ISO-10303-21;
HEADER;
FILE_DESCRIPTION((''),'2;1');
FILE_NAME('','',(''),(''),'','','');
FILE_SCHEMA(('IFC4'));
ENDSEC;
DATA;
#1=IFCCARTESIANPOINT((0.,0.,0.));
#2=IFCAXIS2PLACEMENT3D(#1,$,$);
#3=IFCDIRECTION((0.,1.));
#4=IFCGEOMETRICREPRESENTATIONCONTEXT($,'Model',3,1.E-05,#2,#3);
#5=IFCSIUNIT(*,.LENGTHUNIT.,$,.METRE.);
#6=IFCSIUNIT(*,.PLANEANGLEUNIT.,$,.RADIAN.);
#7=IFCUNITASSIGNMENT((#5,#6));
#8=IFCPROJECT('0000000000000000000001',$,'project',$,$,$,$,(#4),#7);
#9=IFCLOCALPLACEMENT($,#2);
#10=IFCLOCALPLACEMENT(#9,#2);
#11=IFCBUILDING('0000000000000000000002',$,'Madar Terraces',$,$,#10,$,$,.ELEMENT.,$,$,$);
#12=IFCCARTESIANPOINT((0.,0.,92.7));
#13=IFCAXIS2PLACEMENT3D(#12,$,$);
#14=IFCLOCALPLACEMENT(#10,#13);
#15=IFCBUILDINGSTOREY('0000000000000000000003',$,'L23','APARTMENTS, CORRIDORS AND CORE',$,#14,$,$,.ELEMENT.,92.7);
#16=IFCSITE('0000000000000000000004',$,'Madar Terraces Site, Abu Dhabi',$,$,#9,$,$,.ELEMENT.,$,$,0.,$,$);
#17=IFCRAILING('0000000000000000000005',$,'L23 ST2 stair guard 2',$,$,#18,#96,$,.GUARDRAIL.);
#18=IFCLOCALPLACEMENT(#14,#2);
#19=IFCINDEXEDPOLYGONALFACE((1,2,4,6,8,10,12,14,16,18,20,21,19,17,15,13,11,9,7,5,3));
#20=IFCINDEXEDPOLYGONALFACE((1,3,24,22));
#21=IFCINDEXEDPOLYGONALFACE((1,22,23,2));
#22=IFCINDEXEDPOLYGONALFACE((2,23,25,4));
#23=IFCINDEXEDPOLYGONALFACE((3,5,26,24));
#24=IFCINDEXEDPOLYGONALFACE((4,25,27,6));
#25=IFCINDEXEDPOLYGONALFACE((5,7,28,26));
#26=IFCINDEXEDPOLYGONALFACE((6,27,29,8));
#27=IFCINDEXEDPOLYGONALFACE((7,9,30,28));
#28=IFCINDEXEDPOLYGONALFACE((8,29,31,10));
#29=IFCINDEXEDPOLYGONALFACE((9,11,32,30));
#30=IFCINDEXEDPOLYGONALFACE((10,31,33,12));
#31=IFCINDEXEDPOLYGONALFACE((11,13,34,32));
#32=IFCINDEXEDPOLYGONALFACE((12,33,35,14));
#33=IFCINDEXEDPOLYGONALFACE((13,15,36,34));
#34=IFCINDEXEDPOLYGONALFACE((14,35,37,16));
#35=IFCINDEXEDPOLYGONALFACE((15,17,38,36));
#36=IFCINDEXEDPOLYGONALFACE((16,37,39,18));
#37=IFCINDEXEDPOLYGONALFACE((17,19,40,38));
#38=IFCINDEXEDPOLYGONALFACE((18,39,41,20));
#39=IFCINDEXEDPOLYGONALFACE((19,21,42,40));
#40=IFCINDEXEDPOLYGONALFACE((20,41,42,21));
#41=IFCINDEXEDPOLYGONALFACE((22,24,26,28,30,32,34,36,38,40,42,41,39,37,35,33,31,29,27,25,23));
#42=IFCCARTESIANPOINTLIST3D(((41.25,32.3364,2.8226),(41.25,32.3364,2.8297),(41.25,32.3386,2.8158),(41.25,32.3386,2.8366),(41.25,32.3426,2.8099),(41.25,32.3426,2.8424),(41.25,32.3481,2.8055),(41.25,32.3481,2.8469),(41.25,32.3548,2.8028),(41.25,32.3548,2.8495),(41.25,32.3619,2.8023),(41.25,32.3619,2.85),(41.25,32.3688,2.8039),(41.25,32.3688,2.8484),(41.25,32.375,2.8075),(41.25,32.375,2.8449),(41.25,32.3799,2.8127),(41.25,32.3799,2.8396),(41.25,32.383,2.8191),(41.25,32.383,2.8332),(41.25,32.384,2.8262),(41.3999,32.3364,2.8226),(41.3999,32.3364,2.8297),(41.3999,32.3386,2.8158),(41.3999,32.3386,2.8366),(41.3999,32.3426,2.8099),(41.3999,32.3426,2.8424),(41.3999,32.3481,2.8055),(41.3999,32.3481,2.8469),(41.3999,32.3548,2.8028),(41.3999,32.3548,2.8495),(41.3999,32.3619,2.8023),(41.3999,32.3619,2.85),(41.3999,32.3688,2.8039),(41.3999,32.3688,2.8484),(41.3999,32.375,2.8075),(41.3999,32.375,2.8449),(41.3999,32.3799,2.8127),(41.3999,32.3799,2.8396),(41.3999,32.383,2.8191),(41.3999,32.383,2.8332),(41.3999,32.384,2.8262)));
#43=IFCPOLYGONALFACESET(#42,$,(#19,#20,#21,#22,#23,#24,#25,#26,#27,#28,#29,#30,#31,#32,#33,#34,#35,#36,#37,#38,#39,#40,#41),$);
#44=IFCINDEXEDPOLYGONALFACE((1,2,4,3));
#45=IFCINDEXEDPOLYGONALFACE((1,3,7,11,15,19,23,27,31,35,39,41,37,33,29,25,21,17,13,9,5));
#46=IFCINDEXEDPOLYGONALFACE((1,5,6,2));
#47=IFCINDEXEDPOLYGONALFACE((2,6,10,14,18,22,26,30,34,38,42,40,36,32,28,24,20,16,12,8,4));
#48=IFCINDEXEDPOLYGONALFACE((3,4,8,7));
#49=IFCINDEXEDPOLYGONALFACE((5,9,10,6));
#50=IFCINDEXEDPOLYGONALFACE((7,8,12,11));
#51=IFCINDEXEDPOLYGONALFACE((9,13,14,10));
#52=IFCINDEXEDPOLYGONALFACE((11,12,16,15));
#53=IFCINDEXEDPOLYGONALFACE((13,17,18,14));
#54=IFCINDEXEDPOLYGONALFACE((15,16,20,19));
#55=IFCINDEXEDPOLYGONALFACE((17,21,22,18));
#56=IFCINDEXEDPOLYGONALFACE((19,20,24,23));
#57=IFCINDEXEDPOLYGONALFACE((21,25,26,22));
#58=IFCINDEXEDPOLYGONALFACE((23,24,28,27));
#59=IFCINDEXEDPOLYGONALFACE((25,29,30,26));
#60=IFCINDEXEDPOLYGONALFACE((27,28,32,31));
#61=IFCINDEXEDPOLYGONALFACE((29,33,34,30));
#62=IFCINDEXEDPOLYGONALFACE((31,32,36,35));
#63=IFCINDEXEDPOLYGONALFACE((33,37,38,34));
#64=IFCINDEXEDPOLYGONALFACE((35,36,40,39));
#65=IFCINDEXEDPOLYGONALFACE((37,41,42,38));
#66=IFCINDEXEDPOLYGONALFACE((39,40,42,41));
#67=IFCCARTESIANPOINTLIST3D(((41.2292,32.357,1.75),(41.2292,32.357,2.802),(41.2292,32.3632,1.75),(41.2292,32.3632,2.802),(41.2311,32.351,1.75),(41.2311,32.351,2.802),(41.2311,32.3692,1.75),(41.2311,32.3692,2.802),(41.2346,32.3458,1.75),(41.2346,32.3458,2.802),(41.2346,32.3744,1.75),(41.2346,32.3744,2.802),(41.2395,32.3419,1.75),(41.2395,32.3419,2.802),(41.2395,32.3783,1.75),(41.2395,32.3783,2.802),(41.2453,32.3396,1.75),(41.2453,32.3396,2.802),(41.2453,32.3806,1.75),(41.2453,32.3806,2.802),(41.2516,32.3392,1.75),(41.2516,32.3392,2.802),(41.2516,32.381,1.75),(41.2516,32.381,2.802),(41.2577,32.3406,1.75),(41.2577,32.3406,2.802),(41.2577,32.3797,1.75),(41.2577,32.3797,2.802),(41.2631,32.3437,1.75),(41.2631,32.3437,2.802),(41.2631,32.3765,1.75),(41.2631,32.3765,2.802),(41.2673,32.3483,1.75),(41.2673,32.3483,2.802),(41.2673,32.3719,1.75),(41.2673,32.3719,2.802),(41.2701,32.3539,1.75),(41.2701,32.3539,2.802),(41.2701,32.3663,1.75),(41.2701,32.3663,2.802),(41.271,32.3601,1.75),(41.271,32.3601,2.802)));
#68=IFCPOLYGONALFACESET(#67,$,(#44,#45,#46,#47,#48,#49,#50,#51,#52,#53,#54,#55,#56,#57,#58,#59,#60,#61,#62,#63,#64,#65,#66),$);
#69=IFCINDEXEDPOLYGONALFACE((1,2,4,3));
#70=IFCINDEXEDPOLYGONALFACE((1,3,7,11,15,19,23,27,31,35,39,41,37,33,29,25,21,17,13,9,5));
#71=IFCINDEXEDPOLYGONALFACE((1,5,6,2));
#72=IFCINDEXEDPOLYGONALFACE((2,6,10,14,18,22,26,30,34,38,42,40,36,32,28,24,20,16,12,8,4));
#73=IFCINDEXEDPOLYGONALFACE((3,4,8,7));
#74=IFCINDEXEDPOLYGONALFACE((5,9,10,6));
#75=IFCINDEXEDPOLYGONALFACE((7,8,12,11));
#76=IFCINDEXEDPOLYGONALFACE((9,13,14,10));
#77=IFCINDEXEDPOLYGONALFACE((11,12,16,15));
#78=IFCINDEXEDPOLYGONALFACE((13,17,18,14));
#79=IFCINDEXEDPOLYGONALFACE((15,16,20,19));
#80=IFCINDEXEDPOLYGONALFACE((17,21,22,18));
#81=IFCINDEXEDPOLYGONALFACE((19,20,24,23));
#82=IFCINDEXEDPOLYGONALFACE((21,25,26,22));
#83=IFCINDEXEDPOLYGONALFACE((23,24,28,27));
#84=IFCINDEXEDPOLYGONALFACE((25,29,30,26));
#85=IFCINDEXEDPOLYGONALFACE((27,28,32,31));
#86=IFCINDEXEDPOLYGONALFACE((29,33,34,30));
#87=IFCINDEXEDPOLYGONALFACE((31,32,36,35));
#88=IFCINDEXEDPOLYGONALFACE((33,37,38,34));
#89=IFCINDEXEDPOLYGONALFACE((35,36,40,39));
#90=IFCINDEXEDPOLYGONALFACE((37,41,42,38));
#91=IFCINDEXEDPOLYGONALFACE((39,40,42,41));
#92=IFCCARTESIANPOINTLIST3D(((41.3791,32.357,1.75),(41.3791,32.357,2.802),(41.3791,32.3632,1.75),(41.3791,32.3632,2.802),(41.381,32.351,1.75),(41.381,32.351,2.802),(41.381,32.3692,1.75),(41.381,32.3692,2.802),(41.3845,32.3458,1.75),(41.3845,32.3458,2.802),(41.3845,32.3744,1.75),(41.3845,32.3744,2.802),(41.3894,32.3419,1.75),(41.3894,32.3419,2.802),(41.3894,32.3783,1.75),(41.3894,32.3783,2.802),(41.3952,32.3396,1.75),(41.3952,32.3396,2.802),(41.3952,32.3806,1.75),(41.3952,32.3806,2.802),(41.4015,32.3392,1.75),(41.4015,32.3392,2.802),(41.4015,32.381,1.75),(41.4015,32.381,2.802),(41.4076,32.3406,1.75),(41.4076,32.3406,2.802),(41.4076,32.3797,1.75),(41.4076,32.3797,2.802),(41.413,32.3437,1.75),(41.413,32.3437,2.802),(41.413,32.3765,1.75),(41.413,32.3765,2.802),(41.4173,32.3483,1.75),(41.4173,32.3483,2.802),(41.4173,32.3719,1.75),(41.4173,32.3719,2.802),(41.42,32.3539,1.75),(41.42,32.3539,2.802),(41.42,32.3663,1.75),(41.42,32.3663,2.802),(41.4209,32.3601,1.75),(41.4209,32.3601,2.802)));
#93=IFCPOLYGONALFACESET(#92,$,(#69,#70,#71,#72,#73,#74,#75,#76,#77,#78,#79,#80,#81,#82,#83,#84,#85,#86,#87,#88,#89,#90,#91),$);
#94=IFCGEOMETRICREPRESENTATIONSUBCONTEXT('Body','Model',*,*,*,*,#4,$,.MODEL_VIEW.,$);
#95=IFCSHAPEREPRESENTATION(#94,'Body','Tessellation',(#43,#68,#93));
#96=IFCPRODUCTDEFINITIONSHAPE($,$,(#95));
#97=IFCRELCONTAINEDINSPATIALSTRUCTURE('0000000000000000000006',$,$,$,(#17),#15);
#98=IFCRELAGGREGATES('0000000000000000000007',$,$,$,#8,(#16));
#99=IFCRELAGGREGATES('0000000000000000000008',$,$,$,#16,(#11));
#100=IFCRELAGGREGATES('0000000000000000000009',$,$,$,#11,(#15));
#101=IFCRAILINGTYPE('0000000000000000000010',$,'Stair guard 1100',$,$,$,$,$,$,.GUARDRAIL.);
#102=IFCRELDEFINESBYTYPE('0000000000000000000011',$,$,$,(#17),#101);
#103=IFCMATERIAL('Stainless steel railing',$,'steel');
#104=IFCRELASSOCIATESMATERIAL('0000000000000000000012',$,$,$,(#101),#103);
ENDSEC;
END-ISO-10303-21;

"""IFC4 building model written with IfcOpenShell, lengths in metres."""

from ifc_helpers import new_model, si_unit, direction, frame, origin, origin_2d, place, context, subcontext, project, spatial, circle, extrude, material, type_object, element, save


model = new_model("IFC4")

# Units and contexts
model_context = context("Model", 3, precision=1e-05, world=origin(), true_north=direction((0.0, 1.0)))
body_context = subcontext(model_context, "Body", "Model", "MODEL_VIEW")
ifc_project = project(units=[si_unit("LENGTHUNIT", "METRE"), si_unit("PLANEANGLEUNIT", "RADIAN")], contexts=[model_context])

# Site, building, storey
site_placement = place(None, origin())
site = spatial("IfcSite", under=ifc_project, at=site_placement, Name="Madar Terraces Site, Abu Dhabi", CompositionType="ELEMENT", RefElevation=0.0)
building_placement = place(site_placement, origin())
building = spatial("IfcBuilding", under=site, at=building_placement, Name="Madar Terraces", CompositionType="ELEMENT")
storey_placement = place(building_placement, frame((0.0, 0.0, 92.7)))
storey = spatial("IfcBuildingStorey", under=building, at=storey_placement, Name="L23", Description="APARTMENTS, CORRIDORS AND CORE", CompositionType="ELEMENT", Elevation=92.7)

# Railing
ifc_material_1 = material(Name="Stainless steel railing", Category="steel")
railing_type_1 = type_object("IfcRailingType", Name="Stair guard 1100", PredefinedType="GUARDRAIL", material=ifc_material_1)
railing_1_placement = place(storey_placement, frame((41.25, 32.3601, 1.75)))
element("IfcRailing", 1, at=railing_1_placement, inside=storey, type_object=railing_type_1, Name="L23 ST2 stair guard 2", PredefinedType="GUARDRAIL", context=body_context, shape_type="SweptSolid", body=[
    extrude(circle(Radius=0.0239, at=origin_2d()), frame((0.0, 0.0, 1.0762), z_axis=(1.0, 0.0, 0.0), x_axis=(0.0, 1.0, 0.0)), (0.0, 0.0, 1.0), 0.1499),
    extrude(circle(Radius=0.021, at=origin_2d()), origin(), (0.0, 0.0, 1.0), 1.052),
    extrude(circle(Radius=0.021, at=origin_2d()), frame((0.1499, 0.0, 0.0)), (0.0, 0.0, 1.0), 1.052),
])

save(model, "model.ifc")
